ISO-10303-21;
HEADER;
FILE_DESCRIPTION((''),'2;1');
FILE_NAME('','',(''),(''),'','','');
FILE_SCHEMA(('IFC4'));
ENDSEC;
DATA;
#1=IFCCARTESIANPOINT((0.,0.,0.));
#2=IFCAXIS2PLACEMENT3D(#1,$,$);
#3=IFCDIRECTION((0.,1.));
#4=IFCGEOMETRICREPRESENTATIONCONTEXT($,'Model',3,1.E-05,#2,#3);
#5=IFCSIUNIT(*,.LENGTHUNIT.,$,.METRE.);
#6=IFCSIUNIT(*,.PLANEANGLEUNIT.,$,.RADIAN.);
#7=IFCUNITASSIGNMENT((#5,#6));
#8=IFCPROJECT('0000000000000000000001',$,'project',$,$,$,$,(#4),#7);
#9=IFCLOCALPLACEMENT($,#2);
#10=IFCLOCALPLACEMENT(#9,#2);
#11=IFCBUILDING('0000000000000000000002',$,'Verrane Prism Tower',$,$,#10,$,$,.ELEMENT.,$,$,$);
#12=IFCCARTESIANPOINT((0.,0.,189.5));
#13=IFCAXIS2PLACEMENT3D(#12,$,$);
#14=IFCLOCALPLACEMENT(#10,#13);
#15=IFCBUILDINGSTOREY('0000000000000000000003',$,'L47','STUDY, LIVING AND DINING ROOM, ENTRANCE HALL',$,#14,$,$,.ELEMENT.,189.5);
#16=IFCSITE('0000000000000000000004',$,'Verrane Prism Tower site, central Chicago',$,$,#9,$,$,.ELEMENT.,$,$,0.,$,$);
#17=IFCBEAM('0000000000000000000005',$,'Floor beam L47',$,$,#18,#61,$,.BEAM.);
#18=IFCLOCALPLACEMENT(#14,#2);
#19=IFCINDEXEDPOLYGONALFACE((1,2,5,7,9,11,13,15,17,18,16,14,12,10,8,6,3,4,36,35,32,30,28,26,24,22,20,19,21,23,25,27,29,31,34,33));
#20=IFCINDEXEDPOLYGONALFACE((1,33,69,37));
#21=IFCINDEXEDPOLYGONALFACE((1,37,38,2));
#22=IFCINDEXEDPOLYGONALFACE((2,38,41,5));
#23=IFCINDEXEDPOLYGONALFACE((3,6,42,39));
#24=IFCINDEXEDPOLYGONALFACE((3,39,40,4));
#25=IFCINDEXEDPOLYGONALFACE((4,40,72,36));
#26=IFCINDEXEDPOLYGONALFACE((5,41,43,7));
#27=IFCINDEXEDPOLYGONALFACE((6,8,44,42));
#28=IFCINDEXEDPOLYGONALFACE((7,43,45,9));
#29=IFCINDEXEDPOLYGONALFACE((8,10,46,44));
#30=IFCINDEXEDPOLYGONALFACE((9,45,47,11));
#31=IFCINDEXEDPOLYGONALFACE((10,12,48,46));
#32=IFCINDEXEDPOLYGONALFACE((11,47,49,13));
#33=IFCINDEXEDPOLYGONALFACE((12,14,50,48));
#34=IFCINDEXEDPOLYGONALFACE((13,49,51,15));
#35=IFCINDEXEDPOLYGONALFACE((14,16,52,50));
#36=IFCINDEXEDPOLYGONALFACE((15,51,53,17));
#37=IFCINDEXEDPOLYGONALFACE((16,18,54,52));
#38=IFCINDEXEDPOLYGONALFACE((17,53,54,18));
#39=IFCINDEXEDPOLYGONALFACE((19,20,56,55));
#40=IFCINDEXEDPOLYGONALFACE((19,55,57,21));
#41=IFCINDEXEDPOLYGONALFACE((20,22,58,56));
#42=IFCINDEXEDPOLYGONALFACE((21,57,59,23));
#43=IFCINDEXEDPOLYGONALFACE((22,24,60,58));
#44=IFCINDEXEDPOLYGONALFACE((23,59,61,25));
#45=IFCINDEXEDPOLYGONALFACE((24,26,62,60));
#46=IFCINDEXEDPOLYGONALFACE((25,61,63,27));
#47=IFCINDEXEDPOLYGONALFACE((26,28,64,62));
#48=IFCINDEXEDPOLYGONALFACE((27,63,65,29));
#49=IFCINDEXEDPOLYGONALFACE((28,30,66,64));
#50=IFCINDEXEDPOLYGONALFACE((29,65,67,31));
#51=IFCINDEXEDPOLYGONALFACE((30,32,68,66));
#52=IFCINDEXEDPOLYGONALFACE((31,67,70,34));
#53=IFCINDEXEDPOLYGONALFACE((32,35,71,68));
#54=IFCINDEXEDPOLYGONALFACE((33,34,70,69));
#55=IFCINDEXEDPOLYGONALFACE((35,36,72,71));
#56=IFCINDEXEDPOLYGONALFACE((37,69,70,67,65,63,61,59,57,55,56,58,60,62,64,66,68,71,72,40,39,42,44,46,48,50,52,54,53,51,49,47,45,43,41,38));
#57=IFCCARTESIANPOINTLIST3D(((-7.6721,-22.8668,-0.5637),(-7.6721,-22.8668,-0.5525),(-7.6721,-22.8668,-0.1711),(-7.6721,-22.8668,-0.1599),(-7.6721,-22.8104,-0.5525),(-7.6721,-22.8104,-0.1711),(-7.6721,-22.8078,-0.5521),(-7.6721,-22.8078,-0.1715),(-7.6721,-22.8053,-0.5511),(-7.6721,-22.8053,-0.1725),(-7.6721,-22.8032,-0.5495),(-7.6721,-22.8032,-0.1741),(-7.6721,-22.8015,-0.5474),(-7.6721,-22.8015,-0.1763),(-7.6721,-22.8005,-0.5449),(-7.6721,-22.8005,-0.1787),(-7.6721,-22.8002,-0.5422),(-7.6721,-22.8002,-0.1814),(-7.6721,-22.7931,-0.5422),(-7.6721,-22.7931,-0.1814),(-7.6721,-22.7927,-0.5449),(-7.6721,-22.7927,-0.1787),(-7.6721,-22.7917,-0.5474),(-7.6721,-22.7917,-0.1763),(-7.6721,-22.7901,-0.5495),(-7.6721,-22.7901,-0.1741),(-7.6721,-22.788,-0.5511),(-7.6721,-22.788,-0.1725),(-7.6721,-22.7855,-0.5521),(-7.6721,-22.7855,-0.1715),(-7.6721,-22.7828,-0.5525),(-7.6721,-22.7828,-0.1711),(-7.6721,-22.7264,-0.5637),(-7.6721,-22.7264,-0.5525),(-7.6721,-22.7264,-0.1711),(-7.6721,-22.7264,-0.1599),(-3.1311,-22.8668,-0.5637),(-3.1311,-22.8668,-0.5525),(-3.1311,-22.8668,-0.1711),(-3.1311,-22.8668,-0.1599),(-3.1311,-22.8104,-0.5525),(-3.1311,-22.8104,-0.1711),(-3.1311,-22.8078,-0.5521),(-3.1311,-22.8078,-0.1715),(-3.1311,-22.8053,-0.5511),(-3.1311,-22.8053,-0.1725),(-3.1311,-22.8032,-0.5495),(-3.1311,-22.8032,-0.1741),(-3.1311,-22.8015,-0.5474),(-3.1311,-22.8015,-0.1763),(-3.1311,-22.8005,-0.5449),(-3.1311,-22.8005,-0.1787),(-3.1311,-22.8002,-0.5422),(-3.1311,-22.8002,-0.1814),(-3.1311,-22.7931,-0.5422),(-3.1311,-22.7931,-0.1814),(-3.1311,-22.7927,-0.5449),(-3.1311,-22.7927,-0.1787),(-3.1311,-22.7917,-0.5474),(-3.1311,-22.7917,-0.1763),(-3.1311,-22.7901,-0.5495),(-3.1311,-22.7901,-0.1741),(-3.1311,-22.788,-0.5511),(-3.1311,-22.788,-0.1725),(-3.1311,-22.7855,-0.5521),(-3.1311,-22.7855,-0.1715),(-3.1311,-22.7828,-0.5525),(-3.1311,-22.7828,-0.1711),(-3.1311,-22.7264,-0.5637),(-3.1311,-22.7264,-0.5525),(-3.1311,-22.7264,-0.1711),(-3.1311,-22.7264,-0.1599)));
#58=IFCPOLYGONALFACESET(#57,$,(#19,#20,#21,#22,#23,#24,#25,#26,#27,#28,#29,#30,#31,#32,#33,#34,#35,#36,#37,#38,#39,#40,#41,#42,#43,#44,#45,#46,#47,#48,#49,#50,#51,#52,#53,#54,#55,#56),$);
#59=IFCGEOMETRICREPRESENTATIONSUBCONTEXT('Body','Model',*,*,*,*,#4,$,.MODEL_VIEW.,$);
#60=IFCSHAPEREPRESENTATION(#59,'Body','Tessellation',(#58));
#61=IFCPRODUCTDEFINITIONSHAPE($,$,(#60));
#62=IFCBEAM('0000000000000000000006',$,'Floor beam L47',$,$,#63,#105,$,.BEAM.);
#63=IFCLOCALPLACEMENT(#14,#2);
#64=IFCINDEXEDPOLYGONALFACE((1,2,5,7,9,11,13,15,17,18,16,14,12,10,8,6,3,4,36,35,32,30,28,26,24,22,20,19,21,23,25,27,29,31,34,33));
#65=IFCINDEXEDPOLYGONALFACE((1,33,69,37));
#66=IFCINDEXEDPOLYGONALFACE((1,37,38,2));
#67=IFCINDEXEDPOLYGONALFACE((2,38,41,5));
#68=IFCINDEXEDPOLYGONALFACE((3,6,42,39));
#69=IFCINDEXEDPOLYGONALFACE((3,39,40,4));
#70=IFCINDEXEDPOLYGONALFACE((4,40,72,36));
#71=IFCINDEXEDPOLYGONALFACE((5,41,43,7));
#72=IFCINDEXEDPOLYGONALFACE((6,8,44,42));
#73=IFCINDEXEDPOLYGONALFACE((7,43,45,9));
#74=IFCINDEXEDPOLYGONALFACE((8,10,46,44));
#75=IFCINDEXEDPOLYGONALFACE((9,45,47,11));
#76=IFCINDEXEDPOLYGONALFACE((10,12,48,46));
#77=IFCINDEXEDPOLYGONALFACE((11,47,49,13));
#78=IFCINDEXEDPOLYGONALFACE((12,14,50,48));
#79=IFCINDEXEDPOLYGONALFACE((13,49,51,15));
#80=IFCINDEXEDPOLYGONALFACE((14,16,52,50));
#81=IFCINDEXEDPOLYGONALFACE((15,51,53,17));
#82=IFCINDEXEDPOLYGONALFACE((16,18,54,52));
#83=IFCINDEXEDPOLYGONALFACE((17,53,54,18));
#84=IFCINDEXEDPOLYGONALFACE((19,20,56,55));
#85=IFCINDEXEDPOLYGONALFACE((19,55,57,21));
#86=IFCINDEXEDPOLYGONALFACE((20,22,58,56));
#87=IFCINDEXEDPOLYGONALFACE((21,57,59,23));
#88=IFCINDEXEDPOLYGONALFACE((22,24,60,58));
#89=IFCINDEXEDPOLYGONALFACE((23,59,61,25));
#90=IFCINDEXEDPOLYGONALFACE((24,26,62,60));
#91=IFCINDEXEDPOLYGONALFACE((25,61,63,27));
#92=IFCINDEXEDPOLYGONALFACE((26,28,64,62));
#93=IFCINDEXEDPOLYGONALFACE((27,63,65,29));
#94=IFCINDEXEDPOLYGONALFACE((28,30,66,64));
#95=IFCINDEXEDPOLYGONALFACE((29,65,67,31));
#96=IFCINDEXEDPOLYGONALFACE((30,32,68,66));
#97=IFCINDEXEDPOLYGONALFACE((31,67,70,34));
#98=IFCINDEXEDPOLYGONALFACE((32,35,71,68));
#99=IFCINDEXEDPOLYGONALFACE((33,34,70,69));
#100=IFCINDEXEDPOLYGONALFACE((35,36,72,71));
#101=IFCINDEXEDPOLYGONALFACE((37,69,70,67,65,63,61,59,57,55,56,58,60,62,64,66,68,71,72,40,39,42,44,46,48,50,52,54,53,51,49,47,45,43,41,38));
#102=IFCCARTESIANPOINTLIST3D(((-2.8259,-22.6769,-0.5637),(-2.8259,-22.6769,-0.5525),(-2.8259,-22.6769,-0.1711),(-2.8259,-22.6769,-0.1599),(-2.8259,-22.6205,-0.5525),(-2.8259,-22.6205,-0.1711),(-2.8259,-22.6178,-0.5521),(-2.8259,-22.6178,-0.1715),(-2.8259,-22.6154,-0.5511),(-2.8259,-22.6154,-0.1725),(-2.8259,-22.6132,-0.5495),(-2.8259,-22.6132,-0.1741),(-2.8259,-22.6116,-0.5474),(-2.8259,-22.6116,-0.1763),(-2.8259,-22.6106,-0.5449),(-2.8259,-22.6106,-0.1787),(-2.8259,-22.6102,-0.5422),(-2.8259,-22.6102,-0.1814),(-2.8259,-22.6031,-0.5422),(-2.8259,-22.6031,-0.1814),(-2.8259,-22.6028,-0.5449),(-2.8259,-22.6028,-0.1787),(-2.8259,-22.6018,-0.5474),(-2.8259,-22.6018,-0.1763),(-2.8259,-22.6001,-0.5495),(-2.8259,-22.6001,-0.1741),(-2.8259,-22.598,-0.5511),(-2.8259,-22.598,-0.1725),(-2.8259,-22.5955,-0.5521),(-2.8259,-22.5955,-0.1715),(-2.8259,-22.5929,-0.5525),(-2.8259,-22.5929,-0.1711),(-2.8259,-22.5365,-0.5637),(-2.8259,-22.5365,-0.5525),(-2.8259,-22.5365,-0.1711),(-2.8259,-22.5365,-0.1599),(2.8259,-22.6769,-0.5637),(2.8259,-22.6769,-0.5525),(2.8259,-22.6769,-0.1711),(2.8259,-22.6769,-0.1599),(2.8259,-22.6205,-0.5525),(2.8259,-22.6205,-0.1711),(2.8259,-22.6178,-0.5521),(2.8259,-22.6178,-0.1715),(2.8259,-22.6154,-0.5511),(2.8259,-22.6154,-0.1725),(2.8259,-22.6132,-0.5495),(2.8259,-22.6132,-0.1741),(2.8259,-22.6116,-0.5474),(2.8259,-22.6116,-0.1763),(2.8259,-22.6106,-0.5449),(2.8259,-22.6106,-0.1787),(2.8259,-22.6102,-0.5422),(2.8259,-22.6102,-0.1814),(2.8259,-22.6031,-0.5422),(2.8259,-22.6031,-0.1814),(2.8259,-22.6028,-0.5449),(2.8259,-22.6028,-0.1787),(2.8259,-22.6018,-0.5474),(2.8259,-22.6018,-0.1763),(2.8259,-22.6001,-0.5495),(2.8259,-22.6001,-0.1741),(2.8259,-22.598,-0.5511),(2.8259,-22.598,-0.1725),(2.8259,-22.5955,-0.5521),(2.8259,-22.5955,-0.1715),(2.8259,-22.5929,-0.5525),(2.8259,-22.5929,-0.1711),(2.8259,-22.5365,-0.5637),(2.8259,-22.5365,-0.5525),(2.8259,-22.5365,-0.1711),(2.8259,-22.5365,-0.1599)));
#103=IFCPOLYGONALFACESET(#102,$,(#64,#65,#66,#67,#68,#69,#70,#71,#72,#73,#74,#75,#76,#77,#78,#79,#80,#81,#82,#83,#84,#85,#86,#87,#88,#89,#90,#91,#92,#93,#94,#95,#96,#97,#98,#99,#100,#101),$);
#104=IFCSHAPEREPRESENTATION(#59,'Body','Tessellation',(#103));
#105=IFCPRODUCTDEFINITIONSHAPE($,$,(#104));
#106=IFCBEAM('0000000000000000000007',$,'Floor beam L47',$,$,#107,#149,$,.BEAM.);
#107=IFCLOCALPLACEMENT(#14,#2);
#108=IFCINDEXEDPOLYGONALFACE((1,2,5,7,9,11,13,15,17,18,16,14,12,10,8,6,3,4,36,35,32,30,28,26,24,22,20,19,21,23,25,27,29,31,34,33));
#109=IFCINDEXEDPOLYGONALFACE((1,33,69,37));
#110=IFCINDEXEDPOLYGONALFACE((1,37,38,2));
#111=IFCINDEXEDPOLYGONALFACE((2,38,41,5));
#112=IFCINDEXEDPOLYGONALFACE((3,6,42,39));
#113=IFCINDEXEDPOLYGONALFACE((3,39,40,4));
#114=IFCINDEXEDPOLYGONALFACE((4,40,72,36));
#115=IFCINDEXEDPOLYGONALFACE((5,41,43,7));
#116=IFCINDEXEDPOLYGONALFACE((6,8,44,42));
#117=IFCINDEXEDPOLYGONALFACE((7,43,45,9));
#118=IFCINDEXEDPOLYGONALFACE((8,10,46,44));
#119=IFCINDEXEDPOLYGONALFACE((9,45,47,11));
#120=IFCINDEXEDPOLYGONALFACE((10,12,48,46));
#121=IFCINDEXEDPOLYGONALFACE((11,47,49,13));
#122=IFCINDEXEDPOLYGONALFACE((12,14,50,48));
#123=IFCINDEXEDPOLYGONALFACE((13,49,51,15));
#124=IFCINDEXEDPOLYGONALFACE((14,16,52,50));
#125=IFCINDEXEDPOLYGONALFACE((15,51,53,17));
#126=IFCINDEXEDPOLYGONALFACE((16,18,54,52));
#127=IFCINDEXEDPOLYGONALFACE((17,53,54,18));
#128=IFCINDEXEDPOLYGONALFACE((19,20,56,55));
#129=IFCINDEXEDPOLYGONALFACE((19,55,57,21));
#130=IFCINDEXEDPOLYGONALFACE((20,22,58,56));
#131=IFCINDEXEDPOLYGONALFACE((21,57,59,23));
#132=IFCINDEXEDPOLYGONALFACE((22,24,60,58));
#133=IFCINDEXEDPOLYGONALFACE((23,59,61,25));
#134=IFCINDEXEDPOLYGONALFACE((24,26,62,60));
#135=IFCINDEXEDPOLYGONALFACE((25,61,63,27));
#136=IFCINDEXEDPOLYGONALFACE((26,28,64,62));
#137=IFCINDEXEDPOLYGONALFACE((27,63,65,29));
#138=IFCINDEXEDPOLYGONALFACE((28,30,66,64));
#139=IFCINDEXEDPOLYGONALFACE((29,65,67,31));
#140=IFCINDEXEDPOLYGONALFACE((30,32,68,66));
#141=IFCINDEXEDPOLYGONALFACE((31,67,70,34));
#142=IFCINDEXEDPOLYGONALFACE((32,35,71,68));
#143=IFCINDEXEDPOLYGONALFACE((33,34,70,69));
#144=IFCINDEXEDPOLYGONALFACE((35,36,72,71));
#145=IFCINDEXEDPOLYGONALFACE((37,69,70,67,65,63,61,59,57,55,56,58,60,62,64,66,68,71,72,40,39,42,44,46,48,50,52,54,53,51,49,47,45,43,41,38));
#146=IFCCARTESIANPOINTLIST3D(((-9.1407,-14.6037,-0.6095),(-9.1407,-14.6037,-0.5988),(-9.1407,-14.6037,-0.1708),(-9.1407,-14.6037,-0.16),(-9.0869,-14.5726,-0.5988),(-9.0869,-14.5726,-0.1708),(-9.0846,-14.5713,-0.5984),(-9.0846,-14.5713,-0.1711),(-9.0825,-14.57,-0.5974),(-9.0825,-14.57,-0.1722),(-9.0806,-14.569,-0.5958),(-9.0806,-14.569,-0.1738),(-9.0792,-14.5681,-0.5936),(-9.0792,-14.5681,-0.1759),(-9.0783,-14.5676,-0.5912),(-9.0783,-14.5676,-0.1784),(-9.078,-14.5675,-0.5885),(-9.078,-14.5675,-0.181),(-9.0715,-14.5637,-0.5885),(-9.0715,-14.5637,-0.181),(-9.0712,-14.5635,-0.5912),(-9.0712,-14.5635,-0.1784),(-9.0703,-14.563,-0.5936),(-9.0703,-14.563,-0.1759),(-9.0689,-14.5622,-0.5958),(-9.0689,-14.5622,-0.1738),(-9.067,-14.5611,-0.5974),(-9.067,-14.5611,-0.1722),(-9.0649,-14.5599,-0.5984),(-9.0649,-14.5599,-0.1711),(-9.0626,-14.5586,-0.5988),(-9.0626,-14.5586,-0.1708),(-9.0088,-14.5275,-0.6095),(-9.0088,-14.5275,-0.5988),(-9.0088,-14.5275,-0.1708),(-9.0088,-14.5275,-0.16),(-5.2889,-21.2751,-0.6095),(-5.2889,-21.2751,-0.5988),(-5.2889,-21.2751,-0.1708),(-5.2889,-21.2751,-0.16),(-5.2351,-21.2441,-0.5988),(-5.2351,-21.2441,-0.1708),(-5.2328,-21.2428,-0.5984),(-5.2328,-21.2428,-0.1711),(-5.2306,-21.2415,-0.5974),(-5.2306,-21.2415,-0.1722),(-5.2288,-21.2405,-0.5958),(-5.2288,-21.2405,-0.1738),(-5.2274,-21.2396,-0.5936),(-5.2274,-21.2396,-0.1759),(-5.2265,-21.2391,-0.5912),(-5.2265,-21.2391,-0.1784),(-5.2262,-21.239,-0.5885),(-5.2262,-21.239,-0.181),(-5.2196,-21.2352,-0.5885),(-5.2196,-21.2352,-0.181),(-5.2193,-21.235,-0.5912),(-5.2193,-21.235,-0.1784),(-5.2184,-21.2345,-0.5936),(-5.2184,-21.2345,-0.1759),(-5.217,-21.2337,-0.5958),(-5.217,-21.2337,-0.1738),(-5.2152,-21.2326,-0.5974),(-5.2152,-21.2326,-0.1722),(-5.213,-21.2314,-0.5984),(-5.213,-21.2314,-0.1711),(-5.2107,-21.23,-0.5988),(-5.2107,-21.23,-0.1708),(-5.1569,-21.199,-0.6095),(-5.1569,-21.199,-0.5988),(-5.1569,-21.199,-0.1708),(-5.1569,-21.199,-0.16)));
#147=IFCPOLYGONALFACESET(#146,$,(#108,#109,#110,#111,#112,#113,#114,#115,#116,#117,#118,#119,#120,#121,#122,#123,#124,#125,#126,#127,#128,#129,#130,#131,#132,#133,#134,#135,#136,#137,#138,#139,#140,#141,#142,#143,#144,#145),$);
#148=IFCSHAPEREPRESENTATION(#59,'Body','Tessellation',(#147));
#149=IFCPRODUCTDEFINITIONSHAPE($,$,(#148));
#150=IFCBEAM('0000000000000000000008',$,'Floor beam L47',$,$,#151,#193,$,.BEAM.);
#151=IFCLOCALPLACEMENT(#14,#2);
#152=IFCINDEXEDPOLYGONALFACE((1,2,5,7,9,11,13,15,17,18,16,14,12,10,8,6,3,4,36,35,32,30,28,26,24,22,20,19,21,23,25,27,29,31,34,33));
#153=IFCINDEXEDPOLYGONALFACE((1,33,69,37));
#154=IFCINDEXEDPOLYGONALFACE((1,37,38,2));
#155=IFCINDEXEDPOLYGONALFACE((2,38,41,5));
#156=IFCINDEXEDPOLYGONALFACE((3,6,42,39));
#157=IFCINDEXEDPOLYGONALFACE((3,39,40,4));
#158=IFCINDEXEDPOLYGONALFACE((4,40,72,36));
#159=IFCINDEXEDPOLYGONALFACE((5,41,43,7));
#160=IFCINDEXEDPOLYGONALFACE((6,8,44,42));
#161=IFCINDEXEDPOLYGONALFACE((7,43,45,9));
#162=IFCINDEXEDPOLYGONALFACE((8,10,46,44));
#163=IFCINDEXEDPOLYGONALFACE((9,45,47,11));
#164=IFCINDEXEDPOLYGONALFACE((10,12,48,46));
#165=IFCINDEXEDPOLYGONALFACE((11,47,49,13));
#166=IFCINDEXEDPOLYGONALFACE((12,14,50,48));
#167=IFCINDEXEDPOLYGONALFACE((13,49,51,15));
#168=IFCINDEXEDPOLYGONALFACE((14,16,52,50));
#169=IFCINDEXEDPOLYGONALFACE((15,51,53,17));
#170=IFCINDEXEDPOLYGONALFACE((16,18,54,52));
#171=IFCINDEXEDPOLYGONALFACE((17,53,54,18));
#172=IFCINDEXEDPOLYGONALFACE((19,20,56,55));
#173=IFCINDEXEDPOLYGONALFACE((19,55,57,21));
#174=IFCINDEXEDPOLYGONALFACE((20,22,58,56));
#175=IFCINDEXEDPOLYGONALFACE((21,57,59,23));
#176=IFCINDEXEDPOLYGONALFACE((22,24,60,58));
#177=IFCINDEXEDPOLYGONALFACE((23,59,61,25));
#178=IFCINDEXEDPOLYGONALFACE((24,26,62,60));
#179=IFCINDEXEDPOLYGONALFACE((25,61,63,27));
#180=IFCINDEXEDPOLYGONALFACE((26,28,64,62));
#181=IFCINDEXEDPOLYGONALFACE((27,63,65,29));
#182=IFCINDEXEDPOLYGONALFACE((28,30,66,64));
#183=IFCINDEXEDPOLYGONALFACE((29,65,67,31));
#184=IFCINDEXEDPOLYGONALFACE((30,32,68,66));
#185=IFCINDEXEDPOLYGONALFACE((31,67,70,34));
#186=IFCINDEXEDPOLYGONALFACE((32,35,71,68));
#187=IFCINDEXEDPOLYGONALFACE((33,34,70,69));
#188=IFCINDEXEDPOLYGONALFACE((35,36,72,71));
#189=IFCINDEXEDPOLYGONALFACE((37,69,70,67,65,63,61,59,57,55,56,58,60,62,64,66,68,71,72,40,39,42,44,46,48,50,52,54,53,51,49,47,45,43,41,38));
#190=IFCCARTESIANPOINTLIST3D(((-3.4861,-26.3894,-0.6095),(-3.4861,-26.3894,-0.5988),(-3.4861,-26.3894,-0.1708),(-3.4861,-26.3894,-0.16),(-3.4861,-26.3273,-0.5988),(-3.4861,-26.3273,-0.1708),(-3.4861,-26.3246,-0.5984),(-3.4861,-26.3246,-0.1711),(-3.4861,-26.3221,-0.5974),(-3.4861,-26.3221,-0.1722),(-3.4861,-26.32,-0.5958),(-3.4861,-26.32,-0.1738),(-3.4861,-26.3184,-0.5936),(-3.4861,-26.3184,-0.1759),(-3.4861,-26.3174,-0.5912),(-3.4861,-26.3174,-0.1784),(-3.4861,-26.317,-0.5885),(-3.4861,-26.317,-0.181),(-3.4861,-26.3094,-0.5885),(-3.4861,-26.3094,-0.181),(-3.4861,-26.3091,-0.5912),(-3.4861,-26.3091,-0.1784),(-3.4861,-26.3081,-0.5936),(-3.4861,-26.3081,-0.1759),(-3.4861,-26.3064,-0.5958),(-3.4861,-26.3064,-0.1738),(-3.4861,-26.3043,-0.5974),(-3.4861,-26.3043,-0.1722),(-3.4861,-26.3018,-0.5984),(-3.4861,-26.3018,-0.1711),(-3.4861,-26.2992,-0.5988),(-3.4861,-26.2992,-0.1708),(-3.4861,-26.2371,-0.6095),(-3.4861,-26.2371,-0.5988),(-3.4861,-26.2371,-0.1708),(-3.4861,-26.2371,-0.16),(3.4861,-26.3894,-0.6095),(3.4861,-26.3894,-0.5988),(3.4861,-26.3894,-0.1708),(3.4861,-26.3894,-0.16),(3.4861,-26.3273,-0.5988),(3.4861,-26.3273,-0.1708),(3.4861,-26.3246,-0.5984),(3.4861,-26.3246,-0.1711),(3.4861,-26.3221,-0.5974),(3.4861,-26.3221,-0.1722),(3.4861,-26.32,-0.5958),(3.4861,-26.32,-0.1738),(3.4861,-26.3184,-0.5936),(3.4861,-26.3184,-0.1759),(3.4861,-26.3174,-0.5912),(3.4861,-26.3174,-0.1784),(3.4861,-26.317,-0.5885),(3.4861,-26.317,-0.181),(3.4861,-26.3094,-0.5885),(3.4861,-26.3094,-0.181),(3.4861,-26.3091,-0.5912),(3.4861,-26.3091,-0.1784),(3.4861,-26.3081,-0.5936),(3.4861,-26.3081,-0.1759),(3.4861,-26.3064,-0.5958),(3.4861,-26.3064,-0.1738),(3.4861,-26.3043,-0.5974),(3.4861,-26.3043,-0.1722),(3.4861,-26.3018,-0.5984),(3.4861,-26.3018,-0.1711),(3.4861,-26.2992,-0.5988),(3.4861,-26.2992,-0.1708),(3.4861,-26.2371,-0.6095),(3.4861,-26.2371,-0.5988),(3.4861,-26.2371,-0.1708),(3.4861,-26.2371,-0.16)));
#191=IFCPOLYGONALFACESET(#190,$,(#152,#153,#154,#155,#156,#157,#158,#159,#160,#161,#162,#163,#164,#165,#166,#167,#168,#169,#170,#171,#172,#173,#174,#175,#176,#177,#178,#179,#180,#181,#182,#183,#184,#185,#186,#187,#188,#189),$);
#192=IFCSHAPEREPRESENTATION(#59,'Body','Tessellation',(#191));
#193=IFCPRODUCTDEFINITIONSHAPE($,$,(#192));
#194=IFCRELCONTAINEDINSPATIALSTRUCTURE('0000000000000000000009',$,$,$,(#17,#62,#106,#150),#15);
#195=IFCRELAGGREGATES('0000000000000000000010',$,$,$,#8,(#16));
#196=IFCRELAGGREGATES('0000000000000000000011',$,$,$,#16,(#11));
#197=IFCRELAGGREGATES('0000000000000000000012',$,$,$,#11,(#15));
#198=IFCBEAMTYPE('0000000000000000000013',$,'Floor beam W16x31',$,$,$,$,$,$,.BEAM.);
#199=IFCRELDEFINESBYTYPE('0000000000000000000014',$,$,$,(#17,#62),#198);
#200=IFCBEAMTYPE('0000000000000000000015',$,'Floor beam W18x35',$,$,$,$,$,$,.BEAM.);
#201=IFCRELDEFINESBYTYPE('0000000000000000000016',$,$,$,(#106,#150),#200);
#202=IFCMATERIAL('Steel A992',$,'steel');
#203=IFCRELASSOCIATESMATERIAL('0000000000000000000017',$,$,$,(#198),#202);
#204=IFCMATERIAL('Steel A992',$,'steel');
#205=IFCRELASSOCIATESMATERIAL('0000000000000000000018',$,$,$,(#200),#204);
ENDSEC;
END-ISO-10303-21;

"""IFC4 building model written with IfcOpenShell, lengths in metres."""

from ifc_helpers import new_model, si_unit, direction, frame, origin, origin_2d, place, context, subcontext, project, spatial, i_section, extrude, material, material_profile, profile_set, type_object, element, save


model = new_model("IFC4")

# Units and contexts
model_context = context("Model", 3, precision=1e-05, world=origin(), true_north=direction((0.0, 1.0)))
body_context = subcontext(model_context, "Body", "Model", "MODEL_VIEW")
ifc_project = project(units=[si_unit("LENGTHUNIT", "METRE"), si_unit("PLANEANGLEUNIT", "RADIAN")], contexts=[model_context])

# Site, building, storey
site_placement = place(None, origin())
site = spatial("IfcSite", under=ifc_project, at=site_placement, Name="Verrane Prism Tower site, central Chicago", CompositionType="ELEMENT", RefElevation=0.0)
building_placement = place(site_placement, origin())
building = spatial("IfcBuilding", under=site, at=building_placement, Name="Verrane Prism Tower", CompositionType="ELEMENT")
storey_placement = place(building_placement, frame((0.0, 0.0, 189.5)))
storey = spatial("IfcBuildingStorey", under=building, at=storey_placement, Name="L47", Description="STUDY, LIVING AND DINING ROOM, ENTRANCE HALL", CompositionType="ELEMENT", Elevation=189.5)

# Beams
ifc_material_1 = material(Name="Steel A992", Category="steel")
ifc_material_profile_1 = material_profile(ifc_material_1, i_section(OverallWidth=0.1404, OverallDepth=0.4038, WebThickness=0.0071, FlangeThickness=0.0112, FilletRadius=0.0103, at=origin_2d()), Name="W16x31")
ifc_profile_set_1 = profile_set([ifc_material_profile_1], Name="Steel A992")
beam_type_1 = type_object("IfcBeamType", Name="Floor beam W16x31", PredefinedType="BEAM", material=ifc_profile_set_1)
beam_1_placement = place(storey_placement, frame((-7.6721, -22.7966, -0.3618), z_axis=(1.0, 0.0, 0.0), x_axis=(0.0, 1.0, 0.0)))
element("IfcBeam", 1, at=beam_1_placement, inside=storey, type_object=beam_type_1, Name="Floor beam L47", PredefinedType="BEAM", context=body_context, shape_type="SweptSolid", body=[
    extrude(i_section(OverallWidth=0.1404, OverallDepth=0.4038, WebThickness=0.0071, FlangeThickness=0.0112, FilletRadius=0.0103, at=origin_2d()), origin(), (0.0, 0.0, 1.0), 4.541),
])
beam_2_placement = place(storey_placement, frame((-2.8259, -22.6067, -0.3618), z_axis=(1.0, 0.0, 0.0), x_axis=(0.0, 1.0, 0.0)))
element("IfcBeam", 2, at=beam_2_placement, inside=storey, type_object=beam_type_1, Name="Floor beam L47", PredefinedType="BEAM", context=body_context, shape_type="SweptSolid", body=[
    extrude(i_section(OverallWidth=0.1404, OverallDepth=0.4038, WebThickness=0.0071, FlangeThickness=0.0112, FilletRadius=0.0103, at=origin_2d()), origin(), (0.0, 0.0, 1.0), 5.6519),
])
ifc_material_2 = material(Name="Steel A992", Category="steel")
ifc_material_profile_2 = material_profile(ifc_material_2, i_section(OverallWidth=0.1523, OverallDepth=0.4495, WebThickness=0.0076, FlangeThickness=0.0107, FilletRadius=0.0103, at=origin_2d()), Name="W18x35")
ifc_profile_set_2 = profile_set([ifc_material_profile_2], Name="Steel A992")
beam_type_2 = type_object("IfcBeamType", Name="Floor beam W18x35", PredefinedType="BEAM", material=ifc_profile_set_2)
beam_3_placement = place(storey_placement, frame((-5.2229, -21.2371, -0.3848), z_axis=(-0.500008, 0.866021, 0.0), x_axis=(-0.866021, -0.500008, 0.0)))
element("IfcBeam", 3, at=beam_3_placement, inside=storey, type_object=beam_type_2, Name="Floor beam L47", PredefinedType="BEAM", context=body_context, shape_type="SweptSolid", body=[
    extrude(i_section(OverallWidth=0.1523, OverallDepth=0.4495, WebThickness=0.0076, FlangeThickness=0.0107, FilletRadius=0.0103, at=origin_2d()), origin(), (0.0, 0.0, 1.0), 7.7036),
])
beam_4_placement = place(storey_placement, frame((-3.4861, -26.3132, -0.3848), z_axis=(1.0, 0.0, 0.0), x_axis=(0.0, 1.0, 0.0)))
element("IfcBeam", 4, at=beam_4_placement, inside=storey, type_object=beam_type_2, Name="Floor beam L47", PredefinedType="BEAM", context=body_context, shape_type="SweptSolid", body=[
    extrude(i_section(OverallWidth=0.1523, OverallDepth=0.4495, WebThickness=0.0076, FlangeThickness=0.0107, FilletRadius=0.0103, at=origin_2d()), origin(), (0.0, 0.0, 1.0), 6.9722),
])

save(model, "model.ifc")
